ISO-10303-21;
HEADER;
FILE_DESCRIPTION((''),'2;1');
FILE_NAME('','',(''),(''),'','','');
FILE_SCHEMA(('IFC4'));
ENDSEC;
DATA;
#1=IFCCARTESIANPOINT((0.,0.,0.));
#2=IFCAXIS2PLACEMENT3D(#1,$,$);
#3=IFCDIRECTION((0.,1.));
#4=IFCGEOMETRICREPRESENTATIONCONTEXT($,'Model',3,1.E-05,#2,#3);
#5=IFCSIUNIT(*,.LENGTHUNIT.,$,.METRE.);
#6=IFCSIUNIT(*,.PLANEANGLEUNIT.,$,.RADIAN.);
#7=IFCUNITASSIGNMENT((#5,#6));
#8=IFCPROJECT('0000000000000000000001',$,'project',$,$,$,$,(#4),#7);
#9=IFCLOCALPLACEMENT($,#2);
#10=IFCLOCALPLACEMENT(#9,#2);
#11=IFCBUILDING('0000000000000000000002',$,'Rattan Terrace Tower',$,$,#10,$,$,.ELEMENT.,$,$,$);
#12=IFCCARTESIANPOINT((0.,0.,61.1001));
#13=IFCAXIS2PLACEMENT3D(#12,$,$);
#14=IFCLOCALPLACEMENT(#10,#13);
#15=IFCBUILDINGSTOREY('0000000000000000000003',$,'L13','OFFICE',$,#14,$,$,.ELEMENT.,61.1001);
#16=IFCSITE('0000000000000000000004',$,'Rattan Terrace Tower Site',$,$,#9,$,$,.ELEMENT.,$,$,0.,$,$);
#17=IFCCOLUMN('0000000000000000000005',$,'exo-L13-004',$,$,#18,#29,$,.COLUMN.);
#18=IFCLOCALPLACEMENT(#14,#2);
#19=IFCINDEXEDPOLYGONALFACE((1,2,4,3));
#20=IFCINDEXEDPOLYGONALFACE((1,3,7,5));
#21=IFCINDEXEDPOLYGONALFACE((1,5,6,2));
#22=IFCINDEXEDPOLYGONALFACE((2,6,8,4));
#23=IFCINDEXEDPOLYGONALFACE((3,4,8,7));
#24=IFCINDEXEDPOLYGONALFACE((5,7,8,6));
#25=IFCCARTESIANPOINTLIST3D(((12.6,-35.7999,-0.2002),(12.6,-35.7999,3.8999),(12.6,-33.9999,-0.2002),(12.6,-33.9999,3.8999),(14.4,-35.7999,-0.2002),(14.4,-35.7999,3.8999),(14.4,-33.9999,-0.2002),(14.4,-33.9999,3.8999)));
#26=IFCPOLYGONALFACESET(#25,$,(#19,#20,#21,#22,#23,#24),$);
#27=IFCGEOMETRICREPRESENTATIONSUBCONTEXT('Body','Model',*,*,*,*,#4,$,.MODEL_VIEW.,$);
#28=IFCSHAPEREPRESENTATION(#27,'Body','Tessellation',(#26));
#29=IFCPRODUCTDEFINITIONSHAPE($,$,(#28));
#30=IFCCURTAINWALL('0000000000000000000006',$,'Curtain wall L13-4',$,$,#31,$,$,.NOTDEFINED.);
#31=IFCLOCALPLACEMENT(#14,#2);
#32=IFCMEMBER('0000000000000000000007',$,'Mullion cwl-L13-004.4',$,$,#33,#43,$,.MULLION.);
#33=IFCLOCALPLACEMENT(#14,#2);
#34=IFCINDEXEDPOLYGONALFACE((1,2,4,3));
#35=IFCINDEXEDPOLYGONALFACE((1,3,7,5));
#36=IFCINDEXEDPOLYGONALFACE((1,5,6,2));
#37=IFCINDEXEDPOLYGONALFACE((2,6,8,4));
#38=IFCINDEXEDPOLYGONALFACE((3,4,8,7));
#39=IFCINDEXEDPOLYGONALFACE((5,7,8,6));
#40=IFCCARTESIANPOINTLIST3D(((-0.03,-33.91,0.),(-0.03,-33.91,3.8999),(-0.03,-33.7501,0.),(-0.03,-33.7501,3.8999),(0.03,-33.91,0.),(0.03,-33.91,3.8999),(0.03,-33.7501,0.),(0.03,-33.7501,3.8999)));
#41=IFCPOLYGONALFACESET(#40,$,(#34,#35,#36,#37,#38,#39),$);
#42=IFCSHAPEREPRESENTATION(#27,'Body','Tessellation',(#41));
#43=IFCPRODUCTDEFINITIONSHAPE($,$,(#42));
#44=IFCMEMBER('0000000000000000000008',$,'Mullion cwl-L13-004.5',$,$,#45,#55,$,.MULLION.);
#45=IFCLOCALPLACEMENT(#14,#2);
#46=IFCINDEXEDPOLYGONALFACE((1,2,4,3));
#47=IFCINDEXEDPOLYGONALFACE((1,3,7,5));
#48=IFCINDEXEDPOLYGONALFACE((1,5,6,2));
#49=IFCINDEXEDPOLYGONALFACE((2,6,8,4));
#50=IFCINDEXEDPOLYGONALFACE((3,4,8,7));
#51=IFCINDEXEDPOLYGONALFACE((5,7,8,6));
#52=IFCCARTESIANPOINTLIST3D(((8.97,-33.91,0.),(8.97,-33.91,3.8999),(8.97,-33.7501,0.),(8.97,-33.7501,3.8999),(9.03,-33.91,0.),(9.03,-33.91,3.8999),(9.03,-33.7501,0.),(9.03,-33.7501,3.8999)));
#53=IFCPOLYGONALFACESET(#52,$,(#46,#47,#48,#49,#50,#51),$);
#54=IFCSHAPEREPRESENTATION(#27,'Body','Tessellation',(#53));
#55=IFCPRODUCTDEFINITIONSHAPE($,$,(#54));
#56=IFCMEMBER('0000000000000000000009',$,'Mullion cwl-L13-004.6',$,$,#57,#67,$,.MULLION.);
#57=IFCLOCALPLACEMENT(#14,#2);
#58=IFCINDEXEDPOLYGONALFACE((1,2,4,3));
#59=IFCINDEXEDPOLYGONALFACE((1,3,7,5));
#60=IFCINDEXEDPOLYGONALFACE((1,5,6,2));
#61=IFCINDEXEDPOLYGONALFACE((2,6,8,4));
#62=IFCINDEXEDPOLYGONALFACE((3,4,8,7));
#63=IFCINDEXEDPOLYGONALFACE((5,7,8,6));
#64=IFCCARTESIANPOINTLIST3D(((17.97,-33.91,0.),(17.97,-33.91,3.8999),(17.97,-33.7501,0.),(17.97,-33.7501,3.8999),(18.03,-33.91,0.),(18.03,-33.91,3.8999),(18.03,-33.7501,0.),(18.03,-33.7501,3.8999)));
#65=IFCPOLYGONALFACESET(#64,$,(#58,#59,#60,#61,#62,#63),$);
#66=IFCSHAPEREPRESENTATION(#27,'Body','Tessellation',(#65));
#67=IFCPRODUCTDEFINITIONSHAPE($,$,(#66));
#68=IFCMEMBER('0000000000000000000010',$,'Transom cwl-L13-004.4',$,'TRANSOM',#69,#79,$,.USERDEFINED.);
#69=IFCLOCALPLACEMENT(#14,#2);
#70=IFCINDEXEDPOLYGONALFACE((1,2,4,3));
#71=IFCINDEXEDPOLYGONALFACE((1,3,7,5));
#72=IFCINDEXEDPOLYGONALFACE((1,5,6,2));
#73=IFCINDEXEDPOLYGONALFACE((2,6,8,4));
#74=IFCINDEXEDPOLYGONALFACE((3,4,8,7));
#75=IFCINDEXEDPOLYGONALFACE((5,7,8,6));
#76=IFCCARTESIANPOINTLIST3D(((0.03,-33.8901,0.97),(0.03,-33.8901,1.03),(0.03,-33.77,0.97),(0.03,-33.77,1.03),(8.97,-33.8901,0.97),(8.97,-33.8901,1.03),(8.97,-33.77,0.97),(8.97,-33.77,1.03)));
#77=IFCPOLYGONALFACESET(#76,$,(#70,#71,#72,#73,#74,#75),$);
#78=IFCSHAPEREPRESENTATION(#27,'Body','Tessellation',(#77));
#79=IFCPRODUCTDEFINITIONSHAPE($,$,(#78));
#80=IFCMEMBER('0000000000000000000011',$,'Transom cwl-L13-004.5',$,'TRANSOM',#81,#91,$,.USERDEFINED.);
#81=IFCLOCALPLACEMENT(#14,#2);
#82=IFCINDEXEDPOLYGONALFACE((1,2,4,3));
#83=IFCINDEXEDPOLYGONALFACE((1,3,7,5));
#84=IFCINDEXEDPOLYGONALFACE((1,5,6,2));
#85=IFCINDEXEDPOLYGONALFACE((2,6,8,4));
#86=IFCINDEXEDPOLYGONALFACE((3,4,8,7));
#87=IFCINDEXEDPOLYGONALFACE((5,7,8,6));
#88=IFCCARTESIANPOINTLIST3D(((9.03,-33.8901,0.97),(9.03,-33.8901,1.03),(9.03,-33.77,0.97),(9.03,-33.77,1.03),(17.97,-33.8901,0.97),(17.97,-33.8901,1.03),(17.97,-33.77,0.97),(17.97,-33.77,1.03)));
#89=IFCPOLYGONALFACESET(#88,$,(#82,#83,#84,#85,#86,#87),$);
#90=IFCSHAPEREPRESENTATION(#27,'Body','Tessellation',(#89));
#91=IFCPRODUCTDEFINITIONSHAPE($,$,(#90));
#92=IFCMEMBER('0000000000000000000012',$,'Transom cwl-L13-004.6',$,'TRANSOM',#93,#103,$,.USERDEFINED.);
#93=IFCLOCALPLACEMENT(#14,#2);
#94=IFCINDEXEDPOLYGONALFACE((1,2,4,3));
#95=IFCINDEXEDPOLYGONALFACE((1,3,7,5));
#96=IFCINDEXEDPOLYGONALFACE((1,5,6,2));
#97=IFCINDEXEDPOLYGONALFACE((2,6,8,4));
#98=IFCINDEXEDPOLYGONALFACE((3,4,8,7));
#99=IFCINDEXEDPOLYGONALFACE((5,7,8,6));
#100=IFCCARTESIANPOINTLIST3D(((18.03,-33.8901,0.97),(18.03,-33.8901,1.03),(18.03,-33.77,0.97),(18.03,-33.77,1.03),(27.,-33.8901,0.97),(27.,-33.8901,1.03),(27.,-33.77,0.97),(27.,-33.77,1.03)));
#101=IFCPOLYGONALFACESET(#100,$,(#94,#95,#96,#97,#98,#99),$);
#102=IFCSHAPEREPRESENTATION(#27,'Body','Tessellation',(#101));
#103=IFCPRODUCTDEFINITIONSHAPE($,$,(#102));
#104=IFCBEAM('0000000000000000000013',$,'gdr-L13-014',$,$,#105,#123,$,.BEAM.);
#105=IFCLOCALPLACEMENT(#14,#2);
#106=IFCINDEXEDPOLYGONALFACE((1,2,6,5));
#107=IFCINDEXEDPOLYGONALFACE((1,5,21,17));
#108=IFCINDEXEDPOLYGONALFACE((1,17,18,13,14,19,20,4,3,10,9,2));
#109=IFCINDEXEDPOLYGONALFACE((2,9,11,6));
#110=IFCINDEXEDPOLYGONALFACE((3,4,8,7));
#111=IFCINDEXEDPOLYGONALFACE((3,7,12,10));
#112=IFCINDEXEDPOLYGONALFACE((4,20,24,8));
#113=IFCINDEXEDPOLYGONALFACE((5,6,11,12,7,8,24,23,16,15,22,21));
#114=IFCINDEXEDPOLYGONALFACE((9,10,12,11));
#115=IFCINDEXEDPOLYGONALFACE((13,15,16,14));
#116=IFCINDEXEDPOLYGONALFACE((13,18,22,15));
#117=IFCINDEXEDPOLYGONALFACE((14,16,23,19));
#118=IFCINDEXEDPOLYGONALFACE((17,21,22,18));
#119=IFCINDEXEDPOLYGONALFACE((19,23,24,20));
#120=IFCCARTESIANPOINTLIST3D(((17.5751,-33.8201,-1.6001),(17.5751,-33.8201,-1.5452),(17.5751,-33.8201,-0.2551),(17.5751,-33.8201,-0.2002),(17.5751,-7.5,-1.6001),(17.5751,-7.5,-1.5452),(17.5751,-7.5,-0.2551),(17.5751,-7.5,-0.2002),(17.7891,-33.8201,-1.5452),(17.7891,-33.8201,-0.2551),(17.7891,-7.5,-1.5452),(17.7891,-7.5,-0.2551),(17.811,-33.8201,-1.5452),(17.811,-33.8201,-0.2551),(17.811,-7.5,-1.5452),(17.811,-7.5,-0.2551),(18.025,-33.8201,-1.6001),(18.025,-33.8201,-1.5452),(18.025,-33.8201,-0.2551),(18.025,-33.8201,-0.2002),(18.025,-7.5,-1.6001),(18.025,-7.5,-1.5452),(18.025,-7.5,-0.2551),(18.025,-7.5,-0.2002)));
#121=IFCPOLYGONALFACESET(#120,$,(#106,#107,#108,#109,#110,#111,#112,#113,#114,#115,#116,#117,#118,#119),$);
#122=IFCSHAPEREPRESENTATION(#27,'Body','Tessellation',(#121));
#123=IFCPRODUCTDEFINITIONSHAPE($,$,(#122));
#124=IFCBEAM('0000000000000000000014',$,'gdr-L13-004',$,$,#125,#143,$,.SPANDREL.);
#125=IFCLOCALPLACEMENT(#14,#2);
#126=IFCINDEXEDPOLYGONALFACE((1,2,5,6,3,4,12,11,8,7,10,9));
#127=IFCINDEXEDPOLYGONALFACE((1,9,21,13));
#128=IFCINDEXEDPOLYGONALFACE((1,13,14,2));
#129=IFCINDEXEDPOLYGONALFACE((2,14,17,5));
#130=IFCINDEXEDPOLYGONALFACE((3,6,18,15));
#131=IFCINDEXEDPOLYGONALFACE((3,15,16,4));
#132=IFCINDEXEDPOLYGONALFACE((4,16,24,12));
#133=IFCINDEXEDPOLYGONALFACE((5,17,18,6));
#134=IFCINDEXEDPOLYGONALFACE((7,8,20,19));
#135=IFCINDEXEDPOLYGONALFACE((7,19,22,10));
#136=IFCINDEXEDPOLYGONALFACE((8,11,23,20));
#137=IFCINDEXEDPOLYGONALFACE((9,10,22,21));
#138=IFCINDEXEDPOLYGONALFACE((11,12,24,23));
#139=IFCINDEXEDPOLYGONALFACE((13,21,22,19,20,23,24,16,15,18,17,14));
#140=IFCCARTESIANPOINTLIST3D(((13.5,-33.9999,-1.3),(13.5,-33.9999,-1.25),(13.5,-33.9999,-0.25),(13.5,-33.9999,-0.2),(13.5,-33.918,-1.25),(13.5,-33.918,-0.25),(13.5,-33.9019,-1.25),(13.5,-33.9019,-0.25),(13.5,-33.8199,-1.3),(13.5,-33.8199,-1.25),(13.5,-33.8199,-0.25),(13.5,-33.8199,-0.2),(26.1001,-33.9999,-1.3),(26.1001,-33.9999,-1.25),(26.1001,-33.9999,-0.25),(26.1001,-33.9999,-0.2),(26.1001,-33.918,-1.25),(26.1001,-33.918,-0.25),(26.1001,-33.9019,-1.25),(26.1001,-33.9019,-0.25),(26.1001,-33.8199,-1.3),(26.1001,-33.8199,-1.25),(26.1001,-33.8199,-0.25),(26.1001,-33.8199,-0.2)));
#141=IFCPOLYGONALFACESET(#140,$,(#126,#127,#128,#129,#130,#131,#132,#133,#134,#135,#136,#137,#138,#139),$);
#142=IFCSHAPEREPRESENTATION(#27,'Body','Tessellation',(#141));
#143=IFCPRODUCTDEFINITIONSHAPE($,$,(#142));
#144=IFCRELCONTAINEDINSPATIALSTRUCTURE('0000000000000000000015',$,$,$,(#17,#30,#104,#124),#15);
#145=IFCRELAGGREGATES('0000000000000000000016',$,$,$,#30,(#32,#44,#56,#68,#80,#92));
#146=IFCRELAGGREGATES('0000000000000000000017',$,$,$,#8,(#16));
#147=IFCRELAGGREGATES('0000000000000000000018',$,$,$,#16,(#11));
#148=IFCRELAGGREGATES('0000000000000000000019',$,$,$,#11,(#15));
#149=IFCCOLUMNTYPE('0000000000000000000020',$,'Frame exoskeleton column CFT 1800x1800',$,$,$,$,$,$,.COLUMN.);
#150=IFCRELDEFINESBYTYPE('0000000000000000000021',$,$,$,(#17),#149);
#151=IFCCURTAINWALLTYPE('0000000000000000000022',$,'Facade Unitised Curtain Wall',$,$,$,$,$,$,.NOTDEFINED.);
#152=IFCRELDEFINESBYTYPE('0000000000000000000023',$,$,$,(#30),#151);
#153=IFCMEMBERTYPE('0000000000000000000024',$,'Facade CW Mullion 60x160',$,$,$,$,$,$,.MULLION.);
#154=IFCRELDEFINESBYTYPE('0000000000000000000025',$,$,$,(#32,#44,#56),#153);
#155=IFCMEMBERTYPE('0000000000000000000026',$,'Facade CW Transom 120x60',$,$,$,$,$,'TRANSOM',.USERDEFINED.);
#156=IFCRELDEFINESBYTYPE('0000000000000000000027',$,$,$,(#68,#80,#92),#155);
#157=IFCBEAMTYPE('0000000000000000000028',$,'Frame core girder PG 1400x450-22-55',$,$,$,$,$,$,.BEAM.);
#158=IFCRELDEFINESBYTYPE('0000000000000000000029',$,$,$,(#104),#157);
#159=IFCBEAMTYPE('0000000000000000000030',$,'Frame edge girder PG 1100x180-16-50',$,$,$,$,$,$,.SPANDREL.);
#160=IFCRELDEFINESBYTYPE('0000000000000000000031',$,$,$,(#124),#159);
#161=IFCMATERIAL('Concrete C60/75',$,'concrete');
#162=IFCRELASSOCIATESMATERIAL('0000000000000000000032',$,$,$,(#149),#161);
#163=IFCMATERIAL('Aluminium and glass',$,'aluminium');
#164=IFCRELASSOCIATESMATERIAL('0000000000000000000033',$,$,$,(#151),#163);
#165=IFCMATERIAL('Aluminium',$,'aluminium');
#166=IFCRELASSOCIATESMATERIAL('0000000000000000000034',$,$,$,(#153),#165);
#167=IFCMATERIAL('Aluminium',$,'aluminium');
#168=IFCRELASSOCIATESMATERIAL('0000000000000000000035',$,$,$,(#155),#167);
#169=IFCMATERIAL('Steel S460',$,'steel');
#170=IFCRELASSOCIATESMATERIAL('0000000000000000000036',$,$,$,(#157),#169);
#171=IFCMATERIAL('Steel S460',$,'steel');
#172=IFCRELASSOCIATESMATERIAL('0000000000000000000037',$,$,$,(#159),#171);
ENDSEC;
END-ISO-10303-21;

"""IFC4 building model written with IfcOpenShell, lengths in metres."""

from ifc_helpers import new_model, si_unit, direction, frame, origin, origin_2d, place, context, subcontext, project, spatial, rectangle, i_section, extrude, material, material_profile, profile_set, type_object, element, aggregate, save


model = new_model("IFC4")

# Units and contexts
model_context = context("Model", 3, precision=1e-05, world=origin(), true_north=direction((0.0, 1.0)))
body_context = subcontext(model_context, "Body", "Model", "MODEL_VIEW")
ifc_project = project(units=[si_unit("LENGTHUNIT", "METRE"), si_unit("PLANEANGLEUNIT", "RADIAN")], contexts=[model_context])

# Site, building, storey
site_placement = place(None, origin())
site = spatial("IfcSite", under=ifc_project, at=site_placement, Name="Rattan Terrace Tower Site", CompositionType="ELEMENT", RefElevation=0.0)
building_placement = place(site_placement, origin())
building = spatial("IfcBuilding", under=site, at=building_placement, Name="Rattan Terrace Tower", CompositionType="ELEMENT")
storey_placement = place(building_placement, frame((0.0, 0.0, 61.1001)))
storey = spatial("IfcBuildingStorey", under=building, at=storey_placement, Name="L13", Description="OFFICE", CompositionType="ELEMENT", Elevation=61.1001)

# Column
ifc_material_1 = material(Name="Concrete C60/75", Category="concrete")
ifc_material_profile_1 = material_profile(ifc_material_1, rectangle(XDim=1.8, YDim=1.8, at=origin_2d()), Name="CFT 1800x1800")
ifc_profile_set_1 = profile_set([ifc_material_profile_1], Name="Concrete C60/75")
column_type = type_object("IfcColumnType", Name="Frame exoskeleton column CFT 1800x1800", PredefinedType="COLUMN", material=ifc_profile_set_1)
column_placement = place(storey_placement, frame((13.5, -34.8999, -0.2002), z_axis=(0.0, 0.0, 1.0), x_axis=(1.0, 0.0, 0.0)))
element("IfcColumn", 1, at=column_placement, inside=storey, type_object=column_type, Name="exo-L13-004", PredefinedType="COLUMN", context=body_context, shape_type="SweptSolid", body=[
    extrude(rectangle(XDim=1.8, YDim=1.8, at=origin_2d()), origin(), (0.0, 0.0, 1.0), 4.1001),
])

# Curtain wall, members
ifc_material_2 = material(Name="Aluminium and glass", Category="aluminium")
curtain_wall_type = type_object("IfcCurtainWallType", Name="Facade Unitised Curtain Wall", PredefinedType="NOTDEFINED", material=ifc_material_2)
curtain_wall_placement = place(storey_placement, origin())
curtain_wall = element("IfcCurtainWall", 2, at=curtain_wall_placement, inside=storey, type_object=curtain_wall_type, Name="Curtain wall L13-4", PredefinedType="NOTDEFINED")
ifc_material_3 = material(Name="Aluminium", Category="aluminium")
ifc_material_profile_2 = material_profile(ifc_material_3, rectangle(XDim=0.0601, YDim=0.1599, at=origin_2d()), Name="Aluminium 60x160")
ifc_profile_set_2 = profile_set([ifc_material_profile_2], Name="Aluminium")
member_type_1 = type_object("IfcMemberType", Name="Facade CW Mullion 60x160", PredefinedType="MULLION", material=ifc_profile_set_2)
member_1_placement = place(storey_placement, frame((0.0, -33.8301, 0.0), z_axis=(0.0, 0.0, 1.0), x_axis=(1.0, 0.0, 0.0)))
member_1 = element("IfcMember", 3, at=member_1_placement, type_object=member_type_1, Name="Mullion cwl-L13-004.4", PredefinedType="MULLION", context=body_context, shape_type="SweptSolid", body=[
    extrude(rectangle(XDim=0.0601, YDim=0.1599, at=origin_2d()), origin(), (0.0, 0.0, 1.0), 3.8999),
])
member_2_placement = place(storey_placement, frame((9.0, -33.8301, 0.0), z_axis=(0.0, 0.0, 1.0), x_axis=(1.0, 0.0, 0.0)))
member_2 = element("IfcMember", 4, at=member_2_placement, type_object=member_type_1, Name="Mullion cwl-L13-004.5", PredefinedType="MULLION", context=body_context, shape_type="SweptSolid", body=[
    extrude(rectangle(XDim=0.0601, YDim=0.1599, at=origin_2d()), origin(), (0.0, 0.0, 1.0), 3.8999),
])
member_3_placement = place(storey_placement, frame((18.0, -33.8301, 0.0), z_axis=(0.0, 0.0, 1.0), x_axis=(1.0, 0.0, 0.0)))
member_3 = element("IfcMember", 5, at=member_3_placement, type_object=member_type_1, Name="Mullion cwl-L13-004.6", PredefinedType="MULLION", context=body_context, shape_type="SweptSolid", body=[
    extrude(rectangle(XDim=0.0601, YDim=0.1599, at=origin_2d()), origin(), (0.0, 0.0, 1.0), 3.8999),
])
ifc_material_4 = material(Name="Aluminium", Category="aluminium")
ifc_material_profile_3 = material_profile(ifc_material_4, rectangle(XDim=0.1201, YDim=0.0601, at=origin_2d()), Name="Aluminium 120x60")
ifc_profile_set_3 = profile_set([ifc_material_profile_3], Name="Aluminium")
member_type_2 = type_object("IfcMemberType", Name="Facade CW Transom 120x60", ElementType="TRANSOM", PredefinedType="USERDEFINED", material=ifc_profile_set_3)
member_4_placement = place(storey_placement, frame((0.03, -33.8301, 1.0), z_axis=(1.0, 0.0, 0.0), x_axis=(0.0, 1.0, 0.0)))
member_4 = element("IfcMember", 6, at=member_4_placement, type_object=member_type_2, Name="Transom cwl-L13-004.4", ObjectType="TRANSOM", PredefinedType="USERDEFINED", context=body_context, shape_type="SweptSolid", body=[
    extrude(rectangle(XDim=0.1201, YDim=0.0601, at=origin_2d()), origin(), (0.0, 0.0, 1.0), 8.9399),
])
member_5_placement = place(storey_placement, frame((9.03, -33.8301, 1.0), z_axis=(1.0, 0.0, 0.0), x_axis=(0.0, 1.0, 0.0)))
member_5 = element("IfcMember", 7, at=member_5_placement, type_object=member_type_2, Name="Transom cwl-L13-004.5", ObjectType="TRANSOM", PredefinedType="USERDEFINED", context=body_context, shape_type="SweptSolid", body=[
    extrude(rectangle(XDim=0.1201, YDim=0.0601, at=origin_2d()), origin(), (0.0, 0.0, 1.0), 8.9399),
])
member_6_placement = place(storey_placement, frame((18.03, -33.8301, 1.0), z_axis=(1.0, 0.0, 0.0), x_axis=(0.0, 1.0, 0.0)))
member_6 = element("IfcMember", 8, at=member_6_placement, type_object=member_type_2, Name="Transom cwl-L13-004.6", ObjectType="TRANSOM", PredefinedType="USERDEFINED", context=body_context, shape_type="SweptSolid", body=[
    extrude(rectangle(XDim=0.1201, YDim=0.0601, at=origin_2d()), origin(), (0.0, 0.0, 1.0), 8.97),
])

# Beams
ifc_material_5 = material(Name="Steel S460", Category="steel")
ifc_material_profile_4 = material_profile(ifc_material_5, i_section(OverallWidth=0.45, OverallDepth=1.3999, WebThickness=0.022, FlangeThickness=0.0549, at=origin_2d()), Name="PG 1400x450-22-55")
ifc_profile_set_4 = profile_set([ifc_material_profile_4], Name="Steel S460")
beam_type_1 = type_object("IfcBeamType", Name="Frame core girder PG 1400x450-22-55", PredefinedType="BEAM", material=ifc_profile_set_4)
beam_1_placement = place(storey_placement, frame((17.8, -33.8201, -0.9001), z_axis=(0.0, 1.0, 0.0), x_axis=(-1.0, 0.0, 0.0)))
element("IfcBeam", 9, at=beam_1_placement, inside=storey, type_object=beam_type_1, Name="gdr-L13-014", PredefinedType="BEAM", context=body_context, shape_type="SweptSolid", body=[
    extrude(i_section(OverallWidth=0.45, OverallDepth=1.3999, WebThickness=0.022, FlangeThickness=0.0549, at=origin_2d()), origin(), (0.0, 0.0, 1.0), 26.3201),
])
ifc_material_6 = material(Name="Steel S460", Category="steel")
ifc_material_profile_5 = material_profile(ifc_material_6, i_section(OverallWidth=0.1799, OverallDepth=1.1001, WebThickness=0.0161, FlangeThickness=0.05, at=origin_2d()), Name="PG 1100x180-16-50")
ifc_profile_set_5 = profile_set([ifc_material_profile_5], Name="Steel S460")
beam_type_2 = type_object("IfcBeamType", Name="Frame edge girder PG 1100x180-16-50", PredefinedType="SPANDREL", material=ifc_profile_set_5)
beam_2_placement = place(storey_placement, frame((13.5, -33.9099, -0.75), z_axis=(1.0, 0.0, 0.0), x_axis=(0.0, 1.0, 0.0)))
element("IfcBeam", 10, at=beam_2_placement, inside=storey, type_object=beam_type_2, Name="gdr-L13-004", PredefinedType="SPANDREL", context=body_context, shape_type="SweptSolid", body=[
    extrude(i_section(OverallWidth=0.1799, OverallDepth=1.1001, WebThickness=0.0161, FlangeThickness=0.05, at=origin_2d()), origin(), (0.0, 0.0, 1.0), 12.6001),
])

aggregate(curtain_wall, [member_1, member_2, member_3, member_4, member_5, member_6])

save(model, "model.ifc")
